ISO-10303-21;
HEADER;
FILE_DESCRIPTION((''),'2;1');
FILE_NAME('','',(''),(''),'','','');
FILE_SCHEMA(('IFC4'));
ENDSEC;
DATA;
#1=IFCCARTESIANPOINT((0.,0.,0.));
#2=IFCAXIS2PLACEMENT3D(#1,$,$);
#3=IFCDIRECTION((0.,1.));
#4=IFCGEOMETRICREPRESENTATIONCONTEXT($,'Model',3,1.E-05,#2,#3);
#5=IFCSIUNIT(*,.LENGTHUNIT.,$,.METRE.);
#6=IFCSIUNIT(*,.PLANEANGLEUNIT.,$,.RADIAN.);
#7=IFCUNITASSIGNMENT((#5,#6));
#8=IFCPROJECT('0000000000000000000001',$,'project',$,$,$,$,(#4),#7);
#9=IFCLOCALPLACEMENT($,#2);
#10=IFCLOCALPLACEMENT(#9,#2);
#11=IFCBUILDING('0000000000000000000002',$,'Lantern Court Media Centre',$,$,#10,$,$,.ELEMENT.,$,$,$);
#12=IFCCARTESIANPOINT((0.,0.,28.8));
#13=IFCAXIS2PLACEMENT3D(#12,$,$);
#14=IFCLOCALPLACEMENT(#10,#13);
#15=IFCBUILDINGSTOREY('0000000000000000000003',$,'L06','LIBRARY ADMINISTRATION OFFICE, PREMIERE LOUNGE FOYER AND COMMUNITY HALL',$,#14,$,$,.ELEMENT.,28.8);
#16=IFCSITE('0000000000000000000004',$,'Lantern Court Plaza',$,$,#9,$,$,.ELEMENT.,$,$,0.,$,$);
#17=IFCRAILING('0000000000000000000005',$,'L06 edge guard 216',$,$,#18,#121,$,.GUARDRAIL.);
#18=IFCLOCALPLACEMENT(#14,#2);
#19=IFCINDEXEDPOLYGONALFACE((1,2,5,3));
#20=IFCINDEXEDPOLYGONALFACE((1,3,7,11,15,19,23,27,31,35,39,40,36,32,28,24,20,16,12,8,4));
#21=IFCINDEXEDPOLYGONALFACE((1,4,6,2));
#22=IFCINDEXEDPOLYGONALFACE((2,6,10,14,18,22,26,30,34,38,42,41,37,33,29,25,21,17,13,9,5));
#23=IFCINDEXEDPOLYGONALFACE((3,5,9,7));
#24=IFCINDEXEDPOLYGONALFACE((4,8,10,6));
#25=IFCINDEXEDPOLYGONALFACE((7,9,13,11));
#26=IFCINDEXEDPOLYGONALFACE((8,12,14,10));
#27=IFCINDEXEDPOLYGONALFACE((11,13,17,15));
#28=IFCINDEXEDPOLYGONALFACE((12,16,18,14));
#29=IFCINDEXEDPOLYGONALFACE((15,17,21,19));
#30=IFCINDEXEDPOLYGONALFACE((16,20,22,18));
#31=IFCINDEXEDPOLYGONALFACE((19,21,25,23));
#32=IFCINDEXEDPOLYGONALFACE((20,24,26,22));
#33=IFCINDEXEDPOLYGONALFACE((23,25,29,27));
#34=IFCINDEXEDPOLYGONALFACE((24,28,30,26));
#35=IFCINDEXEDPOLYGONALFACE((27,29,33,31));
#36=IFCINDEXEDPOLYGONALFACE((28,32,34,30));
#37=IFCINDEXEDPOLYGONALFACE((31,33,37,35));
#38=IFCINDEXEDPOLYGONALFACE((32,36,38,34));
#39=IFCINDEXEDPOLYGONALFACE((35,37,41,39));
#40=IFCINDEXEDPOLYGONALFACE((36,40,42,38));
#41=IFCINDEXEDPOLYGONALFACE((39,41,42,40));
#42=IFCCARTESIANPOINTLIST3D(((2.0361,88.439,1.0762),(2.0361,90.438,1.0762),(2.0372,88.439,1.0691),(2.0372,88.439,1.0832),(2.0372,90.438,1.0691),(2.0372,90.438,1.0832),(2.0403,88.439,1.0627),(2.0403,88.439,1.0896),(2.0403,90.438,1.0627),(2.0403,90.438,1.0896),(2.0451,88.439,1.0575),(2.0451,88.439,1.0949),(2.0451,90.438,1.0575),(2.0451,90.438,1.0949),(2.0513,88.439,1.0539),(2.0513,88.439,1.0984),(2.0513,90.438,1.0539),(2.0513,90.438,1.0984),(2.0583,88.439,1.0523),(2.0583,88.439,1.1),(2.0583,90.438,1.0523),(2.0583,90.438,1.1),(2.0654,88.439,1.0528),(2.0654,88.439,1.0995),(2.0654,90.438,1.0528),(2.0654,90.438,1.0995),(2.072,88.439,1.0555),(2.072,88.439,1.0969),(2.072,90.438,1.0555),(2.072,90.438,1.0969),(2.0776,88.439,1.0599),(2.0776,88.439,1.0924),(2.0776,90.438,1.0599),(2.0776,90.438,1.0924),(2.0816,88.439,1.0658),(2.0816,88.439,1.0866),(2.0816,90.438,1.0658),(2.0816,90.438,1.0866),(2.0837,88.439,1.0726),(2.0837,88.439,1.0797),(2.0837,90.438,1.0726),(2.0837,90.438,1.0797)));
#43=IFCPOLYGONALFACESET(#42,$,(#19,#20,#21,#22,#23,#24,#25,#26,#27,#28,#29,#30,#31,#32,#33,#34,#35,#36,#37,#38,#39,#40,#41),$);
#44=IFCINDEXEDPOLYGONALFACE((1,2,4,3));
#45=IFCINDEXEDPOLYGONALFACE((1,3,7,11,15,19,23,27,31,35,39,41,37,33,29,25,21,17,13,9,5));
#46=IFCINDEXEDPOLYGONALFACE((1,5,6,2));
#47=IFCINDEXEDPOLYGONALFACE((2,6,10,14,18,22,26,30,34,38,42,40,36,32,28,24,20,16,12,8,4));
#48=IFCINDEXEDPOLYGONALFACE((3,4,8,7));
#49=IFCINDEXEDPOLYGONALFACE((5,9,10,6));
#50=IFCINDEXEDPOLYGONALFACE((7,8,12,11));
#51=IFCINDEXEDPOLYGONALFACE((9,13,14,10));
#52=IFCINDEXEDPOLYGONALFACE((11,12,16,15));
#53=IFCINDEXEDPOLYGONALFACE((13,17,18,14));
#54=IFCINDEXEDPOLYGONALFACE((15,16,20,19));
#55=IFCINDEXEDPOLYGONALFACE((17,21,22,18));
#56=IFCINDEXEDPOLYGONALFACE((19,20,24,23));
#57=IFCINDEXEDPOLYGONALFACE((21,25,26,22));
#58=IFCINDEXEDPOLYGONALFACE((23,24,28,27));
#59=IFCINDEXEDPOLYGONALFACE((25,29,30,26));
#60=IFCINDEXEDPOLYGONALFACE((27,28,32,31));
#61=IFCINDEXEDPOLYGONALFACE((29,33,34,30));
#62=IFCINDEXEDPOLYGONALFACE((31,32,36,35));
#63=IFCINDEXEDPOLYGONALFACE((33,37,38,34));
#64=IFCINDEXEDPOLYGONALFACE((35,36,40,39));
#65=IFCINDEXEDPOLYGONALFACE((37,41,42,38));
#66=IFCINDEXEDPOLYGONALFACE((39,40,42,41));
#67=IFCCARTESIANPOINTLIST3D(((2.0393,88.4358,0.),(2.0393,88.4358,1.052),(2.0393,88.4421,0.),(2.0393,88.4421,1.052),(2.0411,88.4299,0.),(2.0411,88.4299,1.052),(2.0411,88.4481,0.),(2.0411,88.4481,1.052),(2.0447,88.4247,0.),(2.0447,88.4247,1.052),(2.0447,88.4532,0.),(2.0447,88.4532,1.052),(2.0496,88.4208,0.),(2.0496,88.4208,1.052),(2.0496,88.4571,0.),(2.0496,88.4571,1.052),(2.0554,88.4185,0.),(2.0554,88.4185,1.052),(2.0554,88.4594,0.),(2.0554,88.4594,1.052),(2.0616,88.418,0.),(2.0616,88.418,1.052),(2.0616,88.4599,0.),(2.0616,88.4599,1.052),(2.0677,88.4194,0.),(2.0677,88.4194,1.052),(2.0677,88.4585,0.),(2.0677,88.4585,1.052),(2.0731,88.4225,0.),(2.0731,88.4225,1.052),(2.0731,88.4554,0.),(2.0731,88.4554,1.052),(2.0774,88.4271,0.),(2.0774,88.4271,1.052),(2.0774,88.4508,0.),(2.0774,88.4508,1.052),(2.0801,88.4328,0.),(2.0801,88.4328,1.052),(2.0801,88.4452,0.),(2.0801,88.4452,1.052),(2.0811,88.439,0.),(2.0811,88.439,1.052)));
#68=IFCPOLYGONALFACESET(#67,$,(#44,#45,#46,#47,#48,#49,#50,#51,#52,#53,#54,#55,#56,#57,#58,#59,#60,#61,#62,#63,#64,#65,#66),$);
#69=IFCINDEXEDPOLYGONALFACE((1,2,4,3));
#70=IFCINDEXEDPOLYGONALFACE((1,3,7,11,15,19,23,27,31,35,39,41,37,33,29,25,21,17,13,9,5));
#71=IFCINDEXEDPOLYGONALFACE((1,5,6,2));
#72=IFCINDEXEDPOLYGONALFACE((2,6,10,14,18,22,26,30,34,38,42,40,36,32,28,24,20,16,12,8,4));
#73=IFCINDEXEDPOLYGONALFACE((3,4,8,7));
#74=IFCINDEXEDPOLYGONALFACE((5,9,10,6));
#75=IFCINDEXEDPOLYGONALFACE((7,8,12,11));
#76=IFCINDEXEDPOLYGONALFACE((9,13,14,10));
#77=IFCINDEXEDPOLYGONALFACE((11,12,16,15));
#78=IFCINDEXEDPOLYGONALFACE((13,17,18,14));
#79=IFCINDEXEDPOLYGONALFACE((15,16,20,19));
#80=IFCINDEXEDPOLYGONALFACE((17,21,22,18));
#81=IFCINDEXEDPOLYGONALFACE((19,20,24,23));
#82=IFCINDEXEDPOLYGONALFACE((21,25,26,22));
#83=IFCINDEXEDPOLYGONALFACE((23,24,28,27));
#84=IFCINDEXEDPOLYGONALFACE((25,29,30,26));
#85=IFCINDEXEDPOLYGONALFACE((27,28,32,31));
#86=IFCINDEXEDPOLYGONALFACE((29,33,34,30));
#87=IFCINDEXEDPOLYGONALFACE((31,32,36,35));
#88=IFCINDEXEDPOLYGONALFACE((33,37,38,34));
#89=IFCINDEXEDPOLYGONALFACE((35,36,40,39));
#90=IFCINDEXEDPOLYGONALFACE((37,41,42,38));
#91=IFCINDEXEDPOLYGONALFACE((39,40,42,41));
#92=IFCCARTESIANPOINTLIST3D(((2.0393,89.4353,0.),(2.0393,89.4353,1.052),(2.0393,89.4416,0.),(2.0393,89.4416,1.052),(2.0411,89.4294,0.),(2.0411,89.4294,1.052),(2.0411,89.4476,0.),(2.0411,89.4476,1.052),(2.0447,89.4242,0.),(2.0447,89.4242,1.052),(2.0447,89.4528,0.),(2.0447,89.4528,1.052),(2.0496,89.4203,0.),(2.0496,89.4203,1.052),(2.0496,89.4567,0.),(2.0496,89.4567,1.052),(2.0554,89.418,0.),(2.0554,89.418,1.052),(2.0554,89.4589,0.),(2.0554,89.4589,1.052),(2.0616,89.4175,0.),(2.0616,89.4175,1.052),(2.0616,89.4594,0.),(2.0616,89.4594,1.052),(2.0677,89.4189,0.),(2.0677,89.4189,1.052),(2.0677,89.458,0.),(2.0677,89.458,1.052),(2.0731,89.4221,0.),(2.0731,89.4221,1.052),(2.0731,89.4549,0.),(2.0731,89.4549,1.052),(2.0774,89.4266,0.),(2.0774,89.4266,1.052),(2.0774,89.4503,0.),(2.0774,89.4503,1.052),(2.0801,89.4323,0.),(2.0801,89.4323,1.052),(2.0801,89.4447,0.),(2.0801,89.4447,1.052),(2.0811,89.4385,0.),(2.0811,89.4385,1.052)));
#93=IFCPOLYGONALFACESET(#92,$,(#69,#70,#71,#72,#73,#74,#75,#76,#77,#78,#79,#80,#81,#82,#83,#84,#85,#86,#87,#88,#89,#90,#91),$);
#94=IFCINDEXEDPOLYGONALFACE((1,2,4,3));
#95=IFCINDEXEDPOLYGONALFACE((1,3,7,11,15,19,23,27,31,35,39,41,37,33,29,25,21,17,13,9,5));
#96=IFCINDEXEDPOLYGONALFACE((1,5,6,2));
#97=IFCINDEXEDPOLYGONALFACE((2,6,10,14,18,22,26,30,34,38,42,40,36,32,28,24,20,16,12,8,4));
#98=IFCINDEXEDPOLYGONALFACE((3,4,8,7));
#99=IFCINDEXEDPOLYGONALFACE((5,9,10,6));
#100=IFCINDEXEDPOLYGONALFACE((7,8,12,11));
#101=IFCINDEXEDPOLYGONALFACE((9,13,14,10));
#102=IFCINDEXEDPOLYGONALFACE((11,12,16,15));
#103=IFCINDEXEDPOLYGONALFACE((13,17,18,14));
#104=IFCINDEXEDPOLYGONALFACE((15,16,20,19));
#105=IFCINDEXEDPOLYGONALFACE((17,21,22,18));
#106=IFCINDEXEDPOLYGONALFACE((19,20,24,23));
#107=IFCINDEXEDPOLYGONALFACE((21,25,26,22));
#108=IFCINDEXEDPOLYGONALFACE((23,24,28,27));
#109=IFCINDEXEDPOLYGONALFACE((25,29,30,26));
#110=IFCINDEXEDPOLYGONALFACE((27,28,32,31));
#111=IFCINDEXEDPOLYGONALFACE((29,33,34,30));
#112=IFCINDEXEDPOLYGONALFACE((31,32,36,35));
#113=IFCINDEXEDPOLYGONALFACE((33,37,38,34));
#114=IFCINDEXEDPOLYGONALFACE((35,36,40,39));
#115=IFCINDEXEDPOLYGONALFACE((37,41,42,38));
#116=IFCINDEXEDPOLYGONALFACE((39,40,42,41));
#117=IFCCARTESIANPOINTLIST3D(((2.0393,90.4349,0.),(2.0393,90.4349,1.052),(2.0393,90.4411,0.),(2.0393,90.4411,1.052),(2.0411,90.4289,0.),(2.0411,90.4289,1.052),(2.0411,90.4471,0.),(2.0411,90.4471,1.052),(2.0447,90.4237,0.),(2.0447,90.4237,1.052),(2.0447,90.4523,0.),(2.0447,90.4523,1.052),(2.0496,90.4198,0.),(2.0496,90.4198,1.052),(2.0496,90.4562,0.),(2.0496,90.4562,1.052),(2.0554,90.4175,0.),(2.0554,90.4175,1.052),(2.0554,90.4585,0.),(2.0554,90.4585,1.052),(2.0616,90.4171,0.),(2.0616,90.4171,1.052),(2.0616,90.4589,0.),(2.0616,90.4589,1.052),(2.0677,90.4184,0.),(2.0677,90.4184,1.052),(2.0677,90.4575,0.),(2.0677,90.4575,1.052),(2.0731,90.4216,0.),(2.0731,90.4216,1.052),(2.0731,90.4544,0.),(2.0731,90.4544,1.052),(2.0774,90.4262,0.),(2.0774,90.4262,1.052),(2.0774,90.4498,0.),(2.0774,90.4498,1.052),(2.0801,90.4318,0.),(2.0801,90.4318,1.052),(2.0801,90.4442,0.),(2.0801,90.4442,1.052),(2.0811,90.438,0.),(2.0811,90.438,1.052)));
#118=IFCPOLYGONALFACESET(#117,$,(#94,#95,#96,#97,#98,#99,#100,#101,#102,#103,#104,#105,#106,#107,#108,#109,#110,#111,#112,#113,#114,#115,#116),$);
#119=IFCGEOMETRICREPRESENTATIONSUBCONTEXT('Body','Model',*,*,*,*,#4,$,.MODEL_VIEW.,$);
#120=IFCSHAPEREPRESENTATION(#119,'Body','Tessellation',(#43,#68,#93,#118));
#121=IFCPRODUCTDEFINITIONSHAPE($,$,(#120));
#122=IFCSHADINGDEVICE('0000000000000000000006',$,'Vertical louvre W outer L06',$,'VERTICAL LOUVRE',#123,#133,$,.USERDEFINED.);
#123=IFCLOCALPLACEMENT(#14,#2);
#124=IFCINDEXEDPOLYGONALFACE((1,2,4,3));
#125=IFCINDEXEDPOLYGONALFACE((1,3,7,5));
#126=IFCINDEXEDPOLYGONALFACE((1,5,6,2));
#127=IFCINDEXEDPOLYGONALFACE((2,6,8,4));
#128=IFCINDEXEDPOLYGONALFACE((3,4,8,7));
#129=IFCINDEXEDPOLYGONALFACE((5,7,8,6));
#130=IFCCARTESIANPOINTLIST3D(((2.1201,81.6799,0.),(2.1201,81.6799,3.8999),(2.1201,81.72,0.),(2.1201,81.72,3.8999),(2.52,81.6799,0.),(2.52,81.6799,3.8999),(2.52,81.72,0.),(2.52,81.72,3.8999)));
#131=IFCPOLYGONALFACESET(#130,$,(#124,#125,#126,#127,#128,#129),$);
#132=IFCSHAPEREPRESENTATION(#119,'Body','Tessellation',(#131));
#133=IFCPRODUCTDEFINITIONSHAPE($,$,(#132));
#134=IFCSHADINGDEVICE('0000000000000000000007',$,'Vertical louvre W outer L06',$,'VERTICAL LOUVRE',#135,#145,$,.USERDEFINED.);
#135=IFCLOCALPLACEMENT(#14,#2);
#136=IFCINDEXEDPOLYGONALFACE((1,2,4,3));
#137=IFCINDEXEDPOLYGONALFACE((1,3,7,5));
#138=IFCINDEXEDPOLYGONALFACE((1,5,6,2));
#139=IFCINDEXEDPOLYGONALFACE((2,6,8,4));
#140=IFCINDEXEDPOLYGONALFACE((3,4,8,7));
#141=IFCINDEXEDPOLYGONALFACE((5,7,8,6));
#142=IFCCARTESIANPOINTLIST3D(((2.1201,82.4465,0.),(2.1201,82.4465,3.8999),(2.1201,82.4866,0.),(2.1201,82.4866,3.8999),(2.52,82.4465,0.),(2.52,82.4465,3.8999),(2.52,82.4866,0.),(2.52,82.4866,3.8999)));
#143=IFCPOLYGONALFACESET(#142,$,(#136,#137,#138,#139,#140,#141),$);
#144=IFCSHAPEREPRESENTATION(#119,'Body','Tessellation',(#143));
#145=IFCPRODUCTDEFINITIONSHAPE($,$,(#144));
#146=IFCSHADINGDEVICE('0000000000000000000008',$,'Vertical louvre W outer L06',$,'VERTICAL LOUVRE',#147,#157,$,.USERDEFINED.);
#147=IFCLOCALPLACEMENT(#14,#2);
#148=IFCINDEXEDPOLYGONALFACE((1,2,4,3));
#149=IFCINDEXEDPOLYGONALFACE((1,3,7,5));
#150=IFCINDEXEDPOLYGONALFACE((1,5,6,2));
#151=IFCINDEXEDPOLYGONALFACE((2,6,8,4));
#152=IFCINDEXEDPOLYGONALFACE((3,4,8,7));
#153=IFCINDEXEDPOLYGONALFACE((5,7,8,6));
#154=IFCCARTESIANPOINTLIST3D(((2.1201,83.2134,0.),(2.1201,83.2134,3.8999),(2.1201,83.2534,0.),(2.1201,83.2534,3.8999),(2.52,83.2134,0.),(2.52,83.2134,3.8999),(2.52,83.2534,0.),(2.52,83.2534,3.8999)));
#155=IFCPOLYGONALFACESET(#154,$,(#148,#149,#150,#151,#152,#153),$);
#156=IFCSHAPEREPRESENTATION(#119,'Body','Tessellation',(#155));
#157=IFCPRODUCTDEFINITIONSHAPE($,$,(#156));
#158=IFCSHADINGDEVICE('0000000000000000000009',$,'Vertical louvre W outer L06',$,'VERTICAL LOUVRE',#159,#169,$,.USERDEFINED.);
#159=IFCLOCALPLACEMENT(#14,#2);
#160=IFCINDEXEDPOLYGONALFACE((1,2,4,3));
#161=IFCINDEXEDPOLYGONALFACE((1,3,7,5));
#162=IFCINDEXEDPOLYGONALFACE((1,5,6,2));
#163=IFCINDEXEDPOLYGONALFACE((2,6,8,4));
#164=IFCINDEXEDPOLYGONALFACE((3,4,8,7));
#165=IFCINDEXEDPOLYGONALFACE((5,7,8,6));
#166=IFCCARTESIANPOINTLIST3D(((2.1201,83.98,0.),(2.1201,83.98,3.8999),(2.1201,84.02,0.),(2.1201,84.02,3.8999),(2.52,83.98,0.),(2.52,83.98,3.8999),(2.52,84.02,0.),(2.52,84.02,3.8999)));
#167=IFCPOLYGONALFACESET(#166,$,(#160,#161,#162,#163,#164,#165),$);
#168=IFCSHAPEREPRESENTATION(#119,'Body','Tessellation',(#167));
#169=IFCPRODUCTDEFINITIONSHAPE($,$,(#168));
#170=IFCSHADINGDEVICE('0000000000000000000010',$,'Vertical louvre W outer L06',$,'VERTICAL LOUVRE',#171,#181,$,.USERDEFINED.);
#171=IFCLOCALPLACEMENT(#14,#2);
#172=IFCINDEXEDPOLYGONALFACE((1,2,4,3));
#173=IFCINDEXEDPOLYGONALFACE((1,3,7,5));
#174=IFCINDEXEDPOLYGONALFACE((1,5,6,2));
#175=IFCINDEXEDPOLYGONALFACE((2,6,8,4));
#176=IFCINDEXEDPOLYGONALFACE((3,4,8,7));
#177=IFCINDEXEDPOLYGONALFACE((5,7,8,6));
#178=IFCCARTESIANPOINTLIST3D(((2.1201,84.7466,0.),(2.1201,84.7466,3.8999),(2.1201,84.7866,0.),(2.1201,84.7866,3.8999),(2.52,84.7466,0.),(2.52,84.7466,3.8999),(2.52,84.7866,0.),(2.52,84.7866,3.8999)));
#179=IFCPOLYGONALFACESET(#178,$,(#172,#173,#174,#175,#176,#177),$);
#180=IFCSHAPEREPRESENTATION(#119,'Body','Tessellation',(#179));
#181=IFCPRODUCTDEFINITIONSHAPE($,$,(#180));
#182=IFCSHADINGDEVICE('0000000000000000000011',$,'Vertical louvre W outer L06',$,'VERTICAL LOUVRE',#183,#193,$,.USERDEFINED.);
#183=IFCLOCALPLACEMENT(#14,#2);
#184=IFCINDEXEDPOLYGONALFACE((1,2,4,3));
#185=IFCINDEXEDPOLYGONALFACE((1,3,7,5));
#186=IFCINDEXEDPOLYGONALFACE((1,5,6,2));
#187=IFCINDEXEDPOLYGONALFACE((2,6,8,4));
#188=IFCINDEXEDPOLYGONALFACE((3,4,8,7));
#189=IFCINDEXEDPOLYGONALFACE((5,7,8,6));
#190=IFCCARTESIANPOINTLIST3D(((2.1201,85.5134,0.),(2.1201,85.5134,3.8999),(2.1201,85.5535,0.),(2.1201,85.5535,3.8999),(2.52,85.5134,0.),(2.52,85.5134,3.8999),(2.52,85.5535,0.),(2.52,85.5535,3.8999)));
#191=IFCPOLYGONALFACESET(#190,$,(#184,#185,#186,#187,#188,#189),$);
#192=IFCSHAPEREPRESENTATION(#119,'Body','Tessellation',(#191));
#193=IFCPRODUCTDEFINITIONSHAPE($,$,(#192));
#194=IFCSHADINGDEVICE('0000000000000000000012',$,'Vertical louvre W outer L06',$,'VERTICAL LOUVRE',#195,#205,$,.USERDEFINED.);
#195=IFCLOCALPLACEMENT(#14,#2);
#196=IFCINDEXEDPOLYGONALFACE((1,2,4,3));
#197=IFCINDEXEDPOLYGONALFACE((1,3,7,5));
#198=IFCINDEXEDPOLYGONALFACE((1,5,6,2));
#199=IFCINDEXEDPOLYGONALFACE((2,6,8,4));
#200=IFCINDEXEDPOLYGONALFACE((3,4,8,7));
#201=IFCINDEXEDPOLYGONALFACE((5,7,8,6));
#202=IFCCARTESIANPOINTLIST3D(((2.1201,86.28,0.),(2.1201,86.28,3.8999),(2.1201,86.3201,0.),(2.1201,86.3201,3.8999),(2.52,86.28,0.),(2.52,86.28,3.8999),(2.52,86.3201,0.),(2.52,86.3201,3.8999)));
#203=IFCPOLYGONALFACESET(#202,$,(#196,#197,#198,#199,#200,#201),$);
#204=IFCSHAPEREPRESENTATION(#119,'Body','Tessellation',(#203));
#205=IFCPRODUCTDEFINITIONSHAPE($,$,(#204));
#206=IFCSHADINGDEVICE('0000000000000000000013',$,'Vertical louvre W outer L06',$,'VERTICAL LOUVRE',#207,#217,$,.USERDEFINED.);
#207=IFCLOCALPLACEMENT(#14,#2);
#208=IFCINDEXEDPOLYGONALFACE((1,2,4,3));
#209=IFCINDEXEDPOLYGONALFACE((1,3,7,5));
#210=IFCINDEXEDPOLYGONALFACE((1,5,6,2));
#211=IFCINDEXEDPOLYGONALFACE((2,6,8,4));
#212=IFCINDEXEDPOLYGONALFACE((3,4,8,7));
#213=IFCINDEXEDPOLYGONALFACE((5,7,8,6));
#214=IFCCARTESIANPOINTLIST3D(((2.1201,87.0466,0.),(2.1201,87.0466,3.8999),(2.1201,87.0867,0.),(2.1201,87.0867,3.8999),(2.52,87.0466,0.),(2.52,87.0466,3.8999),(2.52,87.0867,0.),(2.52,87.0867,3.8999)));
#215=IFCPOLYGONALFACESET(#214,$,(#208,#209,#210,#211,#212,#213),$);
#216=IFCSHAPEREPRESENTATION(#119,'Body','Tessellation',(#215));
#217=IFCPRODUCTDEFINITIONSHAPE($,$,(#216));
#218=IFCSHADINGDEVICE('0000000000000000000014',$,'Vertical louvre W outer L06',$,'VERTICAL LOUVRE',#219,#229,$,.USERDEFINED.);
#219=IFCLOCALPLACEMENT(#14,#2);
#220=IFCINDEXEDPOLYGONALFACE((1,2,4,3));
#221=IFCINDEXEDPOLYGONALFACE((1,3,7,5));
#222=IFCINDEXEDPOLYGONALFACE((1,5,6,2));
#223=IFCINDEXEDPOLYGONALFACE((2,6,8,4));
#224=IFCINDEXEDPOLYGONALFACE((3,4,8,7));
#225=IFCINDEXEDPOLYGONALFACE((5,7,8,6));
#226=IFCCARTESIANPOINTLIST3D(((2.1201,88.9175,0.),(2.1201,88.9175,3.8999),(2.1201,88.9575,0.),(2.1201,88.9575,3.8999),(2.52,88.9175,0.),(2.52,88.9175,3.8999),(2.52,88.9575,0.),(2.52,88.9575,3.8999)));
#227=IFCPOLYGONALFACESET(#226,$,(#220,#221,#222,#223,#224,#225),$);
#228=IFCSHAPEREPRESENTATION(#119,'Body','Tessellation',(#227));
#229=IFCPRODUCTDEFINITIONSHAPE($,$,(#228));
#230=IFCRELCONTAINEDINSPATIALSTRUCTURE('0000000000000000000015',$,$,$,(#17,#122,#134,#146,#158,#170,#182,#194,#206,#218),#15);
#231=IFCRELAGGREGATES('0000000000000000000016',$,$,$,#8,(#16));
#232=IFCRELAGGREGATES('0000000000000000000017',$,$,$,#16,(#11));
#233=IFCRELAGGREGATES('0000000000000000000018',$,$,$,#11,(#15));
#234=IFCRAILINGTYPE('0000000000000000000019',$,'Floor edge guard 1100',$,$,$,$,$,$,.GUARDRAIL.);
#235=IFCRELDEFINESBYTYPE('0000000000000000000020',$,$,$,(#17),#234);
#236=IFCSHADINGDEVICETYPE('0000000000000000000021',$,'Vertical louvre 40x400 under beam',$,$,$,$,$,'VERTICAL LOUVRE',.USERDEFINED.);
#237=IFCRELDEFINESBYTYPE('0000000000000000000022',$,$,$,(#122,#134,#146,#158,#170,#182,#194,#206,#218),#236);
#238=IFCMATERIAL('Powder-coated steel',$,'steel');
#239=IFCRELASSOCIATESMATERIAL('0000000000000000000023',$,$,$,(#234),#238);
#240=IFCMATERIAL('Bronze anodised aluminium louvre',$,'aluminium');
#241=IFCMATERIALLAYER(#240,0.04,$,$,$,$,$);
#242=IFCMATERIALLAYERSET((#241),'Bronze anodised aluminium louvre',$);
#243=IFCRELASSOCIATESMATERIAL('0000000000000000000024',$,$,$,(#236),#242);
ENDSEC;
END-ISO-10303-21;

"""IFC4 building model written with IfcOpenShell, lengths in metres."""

from ifc_helpers import new_model, si_unit, direction, frame, origin, origin_2d, place, context, subcontext, project, spatial, rectangle, circle, extrude, material, layer, layer_set, type_object, element, save


model = new_model("IFC4")

# Units and contexts
model_context = context("Model", 3, precision=1e-05, world=origin(), true_north=direction((0.0, 1.0)))
body_context = subcontext(model_context, "Body", "Model", "MODEL_VIEW")
ifc_project = project(units=[si_unit("LENGTHUNIT", "METRE"), si_unit("PLANEANGLEUNIT", "RADIAN")], contexts=[model_context])

# Site, building, storey
site_placement = place(None, origin())
site = spatial("IfcSite", under=ifc_project, at=site_placement, Name="Lantern Court Plaza", CompositionType="ELEMENT", RefElevation=0.0)
building_placement = place(site_placement, origin())
building = spatial("IfcBuilding", under=site, at=building_placement, Name="Lantern Court Media Centre", CompositionType="ELEMENT")
storey_placement = place(building_placement, frame((0.0, 0.0, 28.8)))
storey = spatial("IfcBuildingStorey", under=building, at=storey_placement, Name="L06", Description="LIBRARY ADMINISTRATION OFFICE, PREMIERE LOUNGE FOYER AND COMMUNITY HALL", CompositionType="ELEMENT", Elevation=28.8)

# Railing
ifc_material_1 = material(Name="Powder-coated steel", Category="steel")
railing_type = type_object("IfcRailingType", Name="Floor edge guard 1100", PredefinedType="GUARDRAIL", material=ifc_material_1)
railing_placement = place(storey_placement, frame((2.0601, 88.439, 0.0)))
element("IfcRailing", 1, at=railing_placement, inside=storey, type_object=railing_type, Name="L06 edge guard 216", PredefinedType="GUARDRAIL", context=body_context, shape_type="SweptSolid", body=[
    extrude(circle(Radius=0.0239, at=origin_2d()), frame((0.0, 0.0, 1.0762), z_axis=(0.0, 1.0, 0.0), x_axis=(-1.0, 0.0, 0.0)), (0.0, 0.0, 1.0), 1.999),
    extrude(circle(Radius=0.021, at=origin_2d()), origin(), (0.0, 0.0, 1.0), 1.052),
    extrude(circle(Radius=0.021, at=origin_2d()), frame((0.0, 0.9995, 0.0)), (0.0, 0.0, 1.0), 1.052),
    extrude(circle(Radius=0.021, at=origin_2d()), frame((0.0, 1.999, 0.0)), (0.0, 0.0, 1.0), 1.052),
])

# Shading devices
ifc_material_2 = material(Name="Bronze anodised aluminium louvre", Category="aluminium")
ifc_layer_1 = layer(ifc_material_2, 0.04)
ifc_layer_set_1 = layer_set([ifc_layer_1], Name="Bronze anodised aluminium louvre")
shading_device_type = type_object("IfcShadingDeviceType", Name="Vertical louvre 40x400 under beam", ElementType="VERTICAL LOUVRE", PredefinedType="USERDEFINED", material=ifc_layer_set_1)
for number, where, z_axis, x_axis, name in (
    (2, (2.3201, 81.7, 0.0), (0.0, 0.0, 1.0), (1.0, 0.0, 0.0), "Vertical louvre W outer L06"),
    (3, (2.3201, 82.4666, 0.0), (0.0, 0.0, 1.0), (1.0, 0.0, 0.0), "Vertical louvre W outer L06"),
    (4, (2.3201, 83.2334, 0.0), (0.0, 0.0, 1.0), (1.0, 0.0, 0.0), "Vertical louvre W outer L06"),
    (5, (2.3201, 84.0, 0.0), (0.0, 0.0, 1.0), (1.0, 0.0, 0.0), "Vertical louvre W outer L06"),
    (6, (2.3201, 84.7666, 0.0), (0.0, 0.0, 1.0), (1.0, 0.0, 0.0), "Vertical louvre W outer L06"),
    (7, (2.3201, 85.5334, 0.0), (0.0, 0.0, 1.0), (1.0, 0.0, 0.0), "Vertical louvre W outer L06"),
    (8, (2.3201, 86.3, 0.0), (0.0, 0.0, 1.0), (1.0, 0.0, 0.0), "Vertical louvre W outer L06"),
    (9, (2.3201, 87.0667, 0.0), (0.0, 0.0, 1.0), (1.0, 0.0, 0.0), "Vertical louvre W outer L06"),
    (10, (2.3201, 88.9375, 0.0), (0.0, 0.0, 1.0), (1.0, 0.0, 0.0), "Vertical louvre W outer L06"),
):
    element("IfcShadingDevice", number, at=place(storey_placement, frame(where, z_axis=z_axis, x_axis=x_axis)), inside=storey, type_object=shading_device_type, Name=name, ObjectType="VERTICAL LOUVRE", PredefinedType="USERDEFINED", context=body_context, shape_type="SweptSolid", body=[
        extrude(rectangle(XDim=0.3999, YDim=0.04, at=origin_2d()), origin(), (0.0, 0.0, 1.0), 3.8999),
    ])

save(model, "model.ifc")
